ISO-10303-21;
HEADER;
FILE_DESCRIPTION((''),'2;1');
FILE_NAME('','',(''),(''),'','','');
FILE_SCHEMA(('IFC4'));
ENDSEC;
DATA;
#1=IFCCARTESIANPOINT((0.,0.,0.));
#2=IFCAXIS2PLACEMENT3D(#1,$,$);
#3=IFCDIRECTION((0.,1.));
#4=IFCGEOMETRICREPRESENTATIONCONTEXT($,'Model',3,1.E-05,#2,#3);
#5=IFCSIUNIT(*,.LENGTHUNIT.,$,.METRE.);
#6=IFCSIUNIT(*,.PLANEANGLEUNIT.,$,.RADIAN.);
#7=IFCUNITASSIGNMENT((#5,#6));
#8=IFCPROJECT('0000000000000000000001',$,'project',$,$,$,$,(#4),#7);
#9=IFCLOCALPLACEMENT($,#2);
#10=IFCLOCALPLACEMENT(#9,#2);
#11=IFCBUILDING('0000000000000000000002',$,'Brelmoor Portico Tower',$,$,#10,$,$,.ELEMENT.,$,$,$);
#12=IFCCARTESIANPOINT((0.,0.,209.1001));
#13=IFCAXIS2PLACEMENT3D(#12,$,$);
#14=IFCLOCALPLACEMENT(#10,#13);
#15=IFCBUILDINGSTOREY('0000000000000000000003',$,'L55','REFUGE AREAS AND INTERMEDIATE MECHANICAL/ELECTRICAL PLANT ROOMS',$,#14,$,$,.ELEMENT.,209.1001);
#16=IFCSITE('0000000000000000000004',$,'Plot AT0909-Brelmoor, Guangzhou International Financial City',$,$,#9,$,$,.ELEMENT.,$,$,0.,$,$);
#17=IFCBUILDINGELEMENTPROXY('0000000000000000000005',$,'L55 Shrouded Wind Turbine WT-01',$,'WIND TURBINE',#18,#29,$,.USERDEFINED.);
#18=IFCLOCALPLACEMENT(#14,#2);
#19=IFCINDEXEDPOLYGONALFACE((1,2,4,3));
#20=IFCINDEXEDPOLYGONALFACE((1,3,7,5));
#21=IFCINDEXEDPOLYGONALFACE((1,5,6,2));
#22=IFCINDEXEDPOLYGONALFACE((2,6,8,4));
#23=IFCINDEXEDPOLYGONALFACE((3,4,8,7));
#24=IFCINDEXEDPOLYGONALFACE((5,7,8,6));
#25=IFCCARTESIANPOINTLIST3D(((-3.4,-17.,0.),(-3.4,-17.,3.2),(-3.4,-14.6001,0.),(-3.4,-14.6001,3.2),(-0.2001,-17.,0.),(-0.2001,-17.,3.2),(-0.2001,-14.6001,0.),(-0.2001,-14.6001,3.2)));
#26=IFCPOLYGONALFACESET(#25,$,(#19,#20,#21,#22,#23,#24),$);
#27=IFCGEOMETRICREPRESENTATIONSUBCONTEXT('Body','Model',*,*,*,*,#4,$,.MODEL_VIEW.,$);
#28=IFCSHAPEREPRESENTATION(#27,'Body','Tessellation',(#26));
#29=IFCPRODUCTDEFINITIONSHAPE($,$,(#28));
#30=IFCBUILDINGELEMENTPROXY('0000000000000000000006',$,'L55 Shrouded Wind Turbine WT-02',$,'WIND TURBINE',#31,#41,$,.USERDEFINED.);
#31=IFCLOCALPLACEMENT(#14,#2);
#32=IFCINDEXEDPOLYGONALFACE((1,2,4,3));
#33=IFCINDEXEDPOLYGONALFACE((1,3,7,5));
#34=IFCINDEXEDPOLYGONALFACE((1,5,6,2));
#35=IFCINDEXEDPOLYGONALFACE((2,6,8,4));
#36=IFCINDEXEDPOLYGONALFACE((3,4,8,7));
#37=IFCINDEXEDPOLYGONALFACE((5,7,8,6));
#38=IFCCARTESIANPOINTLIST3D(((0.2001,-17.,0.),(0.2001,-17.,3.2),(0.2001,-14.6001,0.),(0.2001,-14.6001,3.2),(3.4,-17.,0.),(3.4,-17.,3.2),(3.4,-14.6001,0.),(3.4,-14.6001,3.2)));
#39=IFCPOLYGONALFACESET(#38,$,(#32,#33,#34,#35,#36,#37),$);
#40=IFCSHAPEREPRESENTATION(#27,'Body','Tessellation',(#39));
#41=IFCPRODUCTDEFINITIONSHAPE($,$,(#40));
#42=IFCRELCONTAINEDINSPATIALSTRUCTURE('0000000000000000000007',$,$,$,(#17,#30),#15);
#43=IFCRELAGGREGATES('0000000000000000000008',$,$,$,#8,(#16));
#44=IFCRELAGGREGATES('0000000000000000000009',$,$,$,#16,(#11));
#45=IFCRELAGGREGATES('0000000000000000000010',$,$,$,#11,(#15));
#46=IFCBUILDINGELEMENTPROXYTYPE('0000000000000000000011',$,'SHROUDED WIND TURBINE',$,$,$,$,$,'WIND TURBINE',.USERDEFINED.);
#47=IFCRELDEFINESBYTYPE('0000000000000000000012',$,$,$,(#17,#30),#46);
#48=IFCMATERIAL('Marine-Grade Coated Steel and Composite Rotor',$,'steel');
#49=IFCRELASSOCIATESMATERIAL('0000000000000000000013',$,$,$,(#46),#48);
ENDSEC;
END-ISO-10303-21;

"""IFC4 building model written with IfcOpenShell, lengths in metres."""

from ifc_helpers import new_model, si_unit, direction, frame, origin, origin_2d, place, context, subcontext, project, spatial, rectangle, extrude, material, type_object, element, save


model = new_model("IFC4")

# Units and contexts
model_context = context("Model", 3, precision=1e-05, world=origin(), true_north=direction((0.0, 1.0)))
body_context = subcontext(model_context, "Body", "Model", "MODEL_VIEW")
ifc_project = project(units=[si_unit("LENGTHUNIT", "METRE"), si_unit("PLANEANGLEUNIT", "RADIAN")], contexts=[model_context])

# Site, building, storey
site_placement = place(None, origin())
site = spatial("IfcSite", under=ifc_project, at=site_placement, Name="Plot AT0909-Brelmoor, Guangzhou International Financial City", CompositionType="ELEMENT", RefElevation=0.0)
building_placement = place(site_placement, origin())
building = spatial("IfcBuilding", under=site, at=building_placement, Name="Brelmoor Portico Tower", CompositionType="ELEMENT")
storey_placement = place(building_placement, frame((0.0, 0.0, 209.1001)))
storey = spatial("IfcBuildingStorey", under=building, at=storey_placement, Name="L55", Description="REFUGE AREAS AND INTERMEDIATE MECHANICAL/ELECTRICAL PLANT ROOMS", CompositionType="ELEMENT", Elevation=209.1001)

# Building element proxies
ifc_material_1 = material(Name="Marine-Grade Coated Steel and Composite Rotor", Category="steel")
building_element_proxy_type = type_object("IfcBuildingElementProxyType", Name="SHROUDED WIND TURBINE", ElementType="WIND TURBINE", PredefinedType="USERDEFINED", material=ifc_material_1)
for number, where, z_axis, x_axis, name in (
    (1, (-1.8, -15.8, 0.0), (0.0, 0.0, 1.0), (1.0, 0.0, 0.0), "L55 Shrouded Wind Turbine WT-01"),
    (2, (1.8, -15.8, 0.0), (0.0, 0.0, 1.0), (1.0, 0.0, 0.0), "L55 Shrouded Wind Turbine WT-02"),
):
    element("IfcBuildingElementProxy", number, at=place(storey_placement, frame(where, z_axis=z_axis, x_axis=x_axis)), inside=storey, type_object=building_element_proxy_type, Name=name, ObjectType="WIND TURBINE", PredefinedType="USERDEFINED", context=body_context, shape_type="SweptSolid", body=[
        extrude(rectangle(XDim=3.2, YDim=2.3999, at=origin_2d()), origin(), (0.0, 0.0, 1.0), 3.2),
    ])

save(model, "model.ifc")
